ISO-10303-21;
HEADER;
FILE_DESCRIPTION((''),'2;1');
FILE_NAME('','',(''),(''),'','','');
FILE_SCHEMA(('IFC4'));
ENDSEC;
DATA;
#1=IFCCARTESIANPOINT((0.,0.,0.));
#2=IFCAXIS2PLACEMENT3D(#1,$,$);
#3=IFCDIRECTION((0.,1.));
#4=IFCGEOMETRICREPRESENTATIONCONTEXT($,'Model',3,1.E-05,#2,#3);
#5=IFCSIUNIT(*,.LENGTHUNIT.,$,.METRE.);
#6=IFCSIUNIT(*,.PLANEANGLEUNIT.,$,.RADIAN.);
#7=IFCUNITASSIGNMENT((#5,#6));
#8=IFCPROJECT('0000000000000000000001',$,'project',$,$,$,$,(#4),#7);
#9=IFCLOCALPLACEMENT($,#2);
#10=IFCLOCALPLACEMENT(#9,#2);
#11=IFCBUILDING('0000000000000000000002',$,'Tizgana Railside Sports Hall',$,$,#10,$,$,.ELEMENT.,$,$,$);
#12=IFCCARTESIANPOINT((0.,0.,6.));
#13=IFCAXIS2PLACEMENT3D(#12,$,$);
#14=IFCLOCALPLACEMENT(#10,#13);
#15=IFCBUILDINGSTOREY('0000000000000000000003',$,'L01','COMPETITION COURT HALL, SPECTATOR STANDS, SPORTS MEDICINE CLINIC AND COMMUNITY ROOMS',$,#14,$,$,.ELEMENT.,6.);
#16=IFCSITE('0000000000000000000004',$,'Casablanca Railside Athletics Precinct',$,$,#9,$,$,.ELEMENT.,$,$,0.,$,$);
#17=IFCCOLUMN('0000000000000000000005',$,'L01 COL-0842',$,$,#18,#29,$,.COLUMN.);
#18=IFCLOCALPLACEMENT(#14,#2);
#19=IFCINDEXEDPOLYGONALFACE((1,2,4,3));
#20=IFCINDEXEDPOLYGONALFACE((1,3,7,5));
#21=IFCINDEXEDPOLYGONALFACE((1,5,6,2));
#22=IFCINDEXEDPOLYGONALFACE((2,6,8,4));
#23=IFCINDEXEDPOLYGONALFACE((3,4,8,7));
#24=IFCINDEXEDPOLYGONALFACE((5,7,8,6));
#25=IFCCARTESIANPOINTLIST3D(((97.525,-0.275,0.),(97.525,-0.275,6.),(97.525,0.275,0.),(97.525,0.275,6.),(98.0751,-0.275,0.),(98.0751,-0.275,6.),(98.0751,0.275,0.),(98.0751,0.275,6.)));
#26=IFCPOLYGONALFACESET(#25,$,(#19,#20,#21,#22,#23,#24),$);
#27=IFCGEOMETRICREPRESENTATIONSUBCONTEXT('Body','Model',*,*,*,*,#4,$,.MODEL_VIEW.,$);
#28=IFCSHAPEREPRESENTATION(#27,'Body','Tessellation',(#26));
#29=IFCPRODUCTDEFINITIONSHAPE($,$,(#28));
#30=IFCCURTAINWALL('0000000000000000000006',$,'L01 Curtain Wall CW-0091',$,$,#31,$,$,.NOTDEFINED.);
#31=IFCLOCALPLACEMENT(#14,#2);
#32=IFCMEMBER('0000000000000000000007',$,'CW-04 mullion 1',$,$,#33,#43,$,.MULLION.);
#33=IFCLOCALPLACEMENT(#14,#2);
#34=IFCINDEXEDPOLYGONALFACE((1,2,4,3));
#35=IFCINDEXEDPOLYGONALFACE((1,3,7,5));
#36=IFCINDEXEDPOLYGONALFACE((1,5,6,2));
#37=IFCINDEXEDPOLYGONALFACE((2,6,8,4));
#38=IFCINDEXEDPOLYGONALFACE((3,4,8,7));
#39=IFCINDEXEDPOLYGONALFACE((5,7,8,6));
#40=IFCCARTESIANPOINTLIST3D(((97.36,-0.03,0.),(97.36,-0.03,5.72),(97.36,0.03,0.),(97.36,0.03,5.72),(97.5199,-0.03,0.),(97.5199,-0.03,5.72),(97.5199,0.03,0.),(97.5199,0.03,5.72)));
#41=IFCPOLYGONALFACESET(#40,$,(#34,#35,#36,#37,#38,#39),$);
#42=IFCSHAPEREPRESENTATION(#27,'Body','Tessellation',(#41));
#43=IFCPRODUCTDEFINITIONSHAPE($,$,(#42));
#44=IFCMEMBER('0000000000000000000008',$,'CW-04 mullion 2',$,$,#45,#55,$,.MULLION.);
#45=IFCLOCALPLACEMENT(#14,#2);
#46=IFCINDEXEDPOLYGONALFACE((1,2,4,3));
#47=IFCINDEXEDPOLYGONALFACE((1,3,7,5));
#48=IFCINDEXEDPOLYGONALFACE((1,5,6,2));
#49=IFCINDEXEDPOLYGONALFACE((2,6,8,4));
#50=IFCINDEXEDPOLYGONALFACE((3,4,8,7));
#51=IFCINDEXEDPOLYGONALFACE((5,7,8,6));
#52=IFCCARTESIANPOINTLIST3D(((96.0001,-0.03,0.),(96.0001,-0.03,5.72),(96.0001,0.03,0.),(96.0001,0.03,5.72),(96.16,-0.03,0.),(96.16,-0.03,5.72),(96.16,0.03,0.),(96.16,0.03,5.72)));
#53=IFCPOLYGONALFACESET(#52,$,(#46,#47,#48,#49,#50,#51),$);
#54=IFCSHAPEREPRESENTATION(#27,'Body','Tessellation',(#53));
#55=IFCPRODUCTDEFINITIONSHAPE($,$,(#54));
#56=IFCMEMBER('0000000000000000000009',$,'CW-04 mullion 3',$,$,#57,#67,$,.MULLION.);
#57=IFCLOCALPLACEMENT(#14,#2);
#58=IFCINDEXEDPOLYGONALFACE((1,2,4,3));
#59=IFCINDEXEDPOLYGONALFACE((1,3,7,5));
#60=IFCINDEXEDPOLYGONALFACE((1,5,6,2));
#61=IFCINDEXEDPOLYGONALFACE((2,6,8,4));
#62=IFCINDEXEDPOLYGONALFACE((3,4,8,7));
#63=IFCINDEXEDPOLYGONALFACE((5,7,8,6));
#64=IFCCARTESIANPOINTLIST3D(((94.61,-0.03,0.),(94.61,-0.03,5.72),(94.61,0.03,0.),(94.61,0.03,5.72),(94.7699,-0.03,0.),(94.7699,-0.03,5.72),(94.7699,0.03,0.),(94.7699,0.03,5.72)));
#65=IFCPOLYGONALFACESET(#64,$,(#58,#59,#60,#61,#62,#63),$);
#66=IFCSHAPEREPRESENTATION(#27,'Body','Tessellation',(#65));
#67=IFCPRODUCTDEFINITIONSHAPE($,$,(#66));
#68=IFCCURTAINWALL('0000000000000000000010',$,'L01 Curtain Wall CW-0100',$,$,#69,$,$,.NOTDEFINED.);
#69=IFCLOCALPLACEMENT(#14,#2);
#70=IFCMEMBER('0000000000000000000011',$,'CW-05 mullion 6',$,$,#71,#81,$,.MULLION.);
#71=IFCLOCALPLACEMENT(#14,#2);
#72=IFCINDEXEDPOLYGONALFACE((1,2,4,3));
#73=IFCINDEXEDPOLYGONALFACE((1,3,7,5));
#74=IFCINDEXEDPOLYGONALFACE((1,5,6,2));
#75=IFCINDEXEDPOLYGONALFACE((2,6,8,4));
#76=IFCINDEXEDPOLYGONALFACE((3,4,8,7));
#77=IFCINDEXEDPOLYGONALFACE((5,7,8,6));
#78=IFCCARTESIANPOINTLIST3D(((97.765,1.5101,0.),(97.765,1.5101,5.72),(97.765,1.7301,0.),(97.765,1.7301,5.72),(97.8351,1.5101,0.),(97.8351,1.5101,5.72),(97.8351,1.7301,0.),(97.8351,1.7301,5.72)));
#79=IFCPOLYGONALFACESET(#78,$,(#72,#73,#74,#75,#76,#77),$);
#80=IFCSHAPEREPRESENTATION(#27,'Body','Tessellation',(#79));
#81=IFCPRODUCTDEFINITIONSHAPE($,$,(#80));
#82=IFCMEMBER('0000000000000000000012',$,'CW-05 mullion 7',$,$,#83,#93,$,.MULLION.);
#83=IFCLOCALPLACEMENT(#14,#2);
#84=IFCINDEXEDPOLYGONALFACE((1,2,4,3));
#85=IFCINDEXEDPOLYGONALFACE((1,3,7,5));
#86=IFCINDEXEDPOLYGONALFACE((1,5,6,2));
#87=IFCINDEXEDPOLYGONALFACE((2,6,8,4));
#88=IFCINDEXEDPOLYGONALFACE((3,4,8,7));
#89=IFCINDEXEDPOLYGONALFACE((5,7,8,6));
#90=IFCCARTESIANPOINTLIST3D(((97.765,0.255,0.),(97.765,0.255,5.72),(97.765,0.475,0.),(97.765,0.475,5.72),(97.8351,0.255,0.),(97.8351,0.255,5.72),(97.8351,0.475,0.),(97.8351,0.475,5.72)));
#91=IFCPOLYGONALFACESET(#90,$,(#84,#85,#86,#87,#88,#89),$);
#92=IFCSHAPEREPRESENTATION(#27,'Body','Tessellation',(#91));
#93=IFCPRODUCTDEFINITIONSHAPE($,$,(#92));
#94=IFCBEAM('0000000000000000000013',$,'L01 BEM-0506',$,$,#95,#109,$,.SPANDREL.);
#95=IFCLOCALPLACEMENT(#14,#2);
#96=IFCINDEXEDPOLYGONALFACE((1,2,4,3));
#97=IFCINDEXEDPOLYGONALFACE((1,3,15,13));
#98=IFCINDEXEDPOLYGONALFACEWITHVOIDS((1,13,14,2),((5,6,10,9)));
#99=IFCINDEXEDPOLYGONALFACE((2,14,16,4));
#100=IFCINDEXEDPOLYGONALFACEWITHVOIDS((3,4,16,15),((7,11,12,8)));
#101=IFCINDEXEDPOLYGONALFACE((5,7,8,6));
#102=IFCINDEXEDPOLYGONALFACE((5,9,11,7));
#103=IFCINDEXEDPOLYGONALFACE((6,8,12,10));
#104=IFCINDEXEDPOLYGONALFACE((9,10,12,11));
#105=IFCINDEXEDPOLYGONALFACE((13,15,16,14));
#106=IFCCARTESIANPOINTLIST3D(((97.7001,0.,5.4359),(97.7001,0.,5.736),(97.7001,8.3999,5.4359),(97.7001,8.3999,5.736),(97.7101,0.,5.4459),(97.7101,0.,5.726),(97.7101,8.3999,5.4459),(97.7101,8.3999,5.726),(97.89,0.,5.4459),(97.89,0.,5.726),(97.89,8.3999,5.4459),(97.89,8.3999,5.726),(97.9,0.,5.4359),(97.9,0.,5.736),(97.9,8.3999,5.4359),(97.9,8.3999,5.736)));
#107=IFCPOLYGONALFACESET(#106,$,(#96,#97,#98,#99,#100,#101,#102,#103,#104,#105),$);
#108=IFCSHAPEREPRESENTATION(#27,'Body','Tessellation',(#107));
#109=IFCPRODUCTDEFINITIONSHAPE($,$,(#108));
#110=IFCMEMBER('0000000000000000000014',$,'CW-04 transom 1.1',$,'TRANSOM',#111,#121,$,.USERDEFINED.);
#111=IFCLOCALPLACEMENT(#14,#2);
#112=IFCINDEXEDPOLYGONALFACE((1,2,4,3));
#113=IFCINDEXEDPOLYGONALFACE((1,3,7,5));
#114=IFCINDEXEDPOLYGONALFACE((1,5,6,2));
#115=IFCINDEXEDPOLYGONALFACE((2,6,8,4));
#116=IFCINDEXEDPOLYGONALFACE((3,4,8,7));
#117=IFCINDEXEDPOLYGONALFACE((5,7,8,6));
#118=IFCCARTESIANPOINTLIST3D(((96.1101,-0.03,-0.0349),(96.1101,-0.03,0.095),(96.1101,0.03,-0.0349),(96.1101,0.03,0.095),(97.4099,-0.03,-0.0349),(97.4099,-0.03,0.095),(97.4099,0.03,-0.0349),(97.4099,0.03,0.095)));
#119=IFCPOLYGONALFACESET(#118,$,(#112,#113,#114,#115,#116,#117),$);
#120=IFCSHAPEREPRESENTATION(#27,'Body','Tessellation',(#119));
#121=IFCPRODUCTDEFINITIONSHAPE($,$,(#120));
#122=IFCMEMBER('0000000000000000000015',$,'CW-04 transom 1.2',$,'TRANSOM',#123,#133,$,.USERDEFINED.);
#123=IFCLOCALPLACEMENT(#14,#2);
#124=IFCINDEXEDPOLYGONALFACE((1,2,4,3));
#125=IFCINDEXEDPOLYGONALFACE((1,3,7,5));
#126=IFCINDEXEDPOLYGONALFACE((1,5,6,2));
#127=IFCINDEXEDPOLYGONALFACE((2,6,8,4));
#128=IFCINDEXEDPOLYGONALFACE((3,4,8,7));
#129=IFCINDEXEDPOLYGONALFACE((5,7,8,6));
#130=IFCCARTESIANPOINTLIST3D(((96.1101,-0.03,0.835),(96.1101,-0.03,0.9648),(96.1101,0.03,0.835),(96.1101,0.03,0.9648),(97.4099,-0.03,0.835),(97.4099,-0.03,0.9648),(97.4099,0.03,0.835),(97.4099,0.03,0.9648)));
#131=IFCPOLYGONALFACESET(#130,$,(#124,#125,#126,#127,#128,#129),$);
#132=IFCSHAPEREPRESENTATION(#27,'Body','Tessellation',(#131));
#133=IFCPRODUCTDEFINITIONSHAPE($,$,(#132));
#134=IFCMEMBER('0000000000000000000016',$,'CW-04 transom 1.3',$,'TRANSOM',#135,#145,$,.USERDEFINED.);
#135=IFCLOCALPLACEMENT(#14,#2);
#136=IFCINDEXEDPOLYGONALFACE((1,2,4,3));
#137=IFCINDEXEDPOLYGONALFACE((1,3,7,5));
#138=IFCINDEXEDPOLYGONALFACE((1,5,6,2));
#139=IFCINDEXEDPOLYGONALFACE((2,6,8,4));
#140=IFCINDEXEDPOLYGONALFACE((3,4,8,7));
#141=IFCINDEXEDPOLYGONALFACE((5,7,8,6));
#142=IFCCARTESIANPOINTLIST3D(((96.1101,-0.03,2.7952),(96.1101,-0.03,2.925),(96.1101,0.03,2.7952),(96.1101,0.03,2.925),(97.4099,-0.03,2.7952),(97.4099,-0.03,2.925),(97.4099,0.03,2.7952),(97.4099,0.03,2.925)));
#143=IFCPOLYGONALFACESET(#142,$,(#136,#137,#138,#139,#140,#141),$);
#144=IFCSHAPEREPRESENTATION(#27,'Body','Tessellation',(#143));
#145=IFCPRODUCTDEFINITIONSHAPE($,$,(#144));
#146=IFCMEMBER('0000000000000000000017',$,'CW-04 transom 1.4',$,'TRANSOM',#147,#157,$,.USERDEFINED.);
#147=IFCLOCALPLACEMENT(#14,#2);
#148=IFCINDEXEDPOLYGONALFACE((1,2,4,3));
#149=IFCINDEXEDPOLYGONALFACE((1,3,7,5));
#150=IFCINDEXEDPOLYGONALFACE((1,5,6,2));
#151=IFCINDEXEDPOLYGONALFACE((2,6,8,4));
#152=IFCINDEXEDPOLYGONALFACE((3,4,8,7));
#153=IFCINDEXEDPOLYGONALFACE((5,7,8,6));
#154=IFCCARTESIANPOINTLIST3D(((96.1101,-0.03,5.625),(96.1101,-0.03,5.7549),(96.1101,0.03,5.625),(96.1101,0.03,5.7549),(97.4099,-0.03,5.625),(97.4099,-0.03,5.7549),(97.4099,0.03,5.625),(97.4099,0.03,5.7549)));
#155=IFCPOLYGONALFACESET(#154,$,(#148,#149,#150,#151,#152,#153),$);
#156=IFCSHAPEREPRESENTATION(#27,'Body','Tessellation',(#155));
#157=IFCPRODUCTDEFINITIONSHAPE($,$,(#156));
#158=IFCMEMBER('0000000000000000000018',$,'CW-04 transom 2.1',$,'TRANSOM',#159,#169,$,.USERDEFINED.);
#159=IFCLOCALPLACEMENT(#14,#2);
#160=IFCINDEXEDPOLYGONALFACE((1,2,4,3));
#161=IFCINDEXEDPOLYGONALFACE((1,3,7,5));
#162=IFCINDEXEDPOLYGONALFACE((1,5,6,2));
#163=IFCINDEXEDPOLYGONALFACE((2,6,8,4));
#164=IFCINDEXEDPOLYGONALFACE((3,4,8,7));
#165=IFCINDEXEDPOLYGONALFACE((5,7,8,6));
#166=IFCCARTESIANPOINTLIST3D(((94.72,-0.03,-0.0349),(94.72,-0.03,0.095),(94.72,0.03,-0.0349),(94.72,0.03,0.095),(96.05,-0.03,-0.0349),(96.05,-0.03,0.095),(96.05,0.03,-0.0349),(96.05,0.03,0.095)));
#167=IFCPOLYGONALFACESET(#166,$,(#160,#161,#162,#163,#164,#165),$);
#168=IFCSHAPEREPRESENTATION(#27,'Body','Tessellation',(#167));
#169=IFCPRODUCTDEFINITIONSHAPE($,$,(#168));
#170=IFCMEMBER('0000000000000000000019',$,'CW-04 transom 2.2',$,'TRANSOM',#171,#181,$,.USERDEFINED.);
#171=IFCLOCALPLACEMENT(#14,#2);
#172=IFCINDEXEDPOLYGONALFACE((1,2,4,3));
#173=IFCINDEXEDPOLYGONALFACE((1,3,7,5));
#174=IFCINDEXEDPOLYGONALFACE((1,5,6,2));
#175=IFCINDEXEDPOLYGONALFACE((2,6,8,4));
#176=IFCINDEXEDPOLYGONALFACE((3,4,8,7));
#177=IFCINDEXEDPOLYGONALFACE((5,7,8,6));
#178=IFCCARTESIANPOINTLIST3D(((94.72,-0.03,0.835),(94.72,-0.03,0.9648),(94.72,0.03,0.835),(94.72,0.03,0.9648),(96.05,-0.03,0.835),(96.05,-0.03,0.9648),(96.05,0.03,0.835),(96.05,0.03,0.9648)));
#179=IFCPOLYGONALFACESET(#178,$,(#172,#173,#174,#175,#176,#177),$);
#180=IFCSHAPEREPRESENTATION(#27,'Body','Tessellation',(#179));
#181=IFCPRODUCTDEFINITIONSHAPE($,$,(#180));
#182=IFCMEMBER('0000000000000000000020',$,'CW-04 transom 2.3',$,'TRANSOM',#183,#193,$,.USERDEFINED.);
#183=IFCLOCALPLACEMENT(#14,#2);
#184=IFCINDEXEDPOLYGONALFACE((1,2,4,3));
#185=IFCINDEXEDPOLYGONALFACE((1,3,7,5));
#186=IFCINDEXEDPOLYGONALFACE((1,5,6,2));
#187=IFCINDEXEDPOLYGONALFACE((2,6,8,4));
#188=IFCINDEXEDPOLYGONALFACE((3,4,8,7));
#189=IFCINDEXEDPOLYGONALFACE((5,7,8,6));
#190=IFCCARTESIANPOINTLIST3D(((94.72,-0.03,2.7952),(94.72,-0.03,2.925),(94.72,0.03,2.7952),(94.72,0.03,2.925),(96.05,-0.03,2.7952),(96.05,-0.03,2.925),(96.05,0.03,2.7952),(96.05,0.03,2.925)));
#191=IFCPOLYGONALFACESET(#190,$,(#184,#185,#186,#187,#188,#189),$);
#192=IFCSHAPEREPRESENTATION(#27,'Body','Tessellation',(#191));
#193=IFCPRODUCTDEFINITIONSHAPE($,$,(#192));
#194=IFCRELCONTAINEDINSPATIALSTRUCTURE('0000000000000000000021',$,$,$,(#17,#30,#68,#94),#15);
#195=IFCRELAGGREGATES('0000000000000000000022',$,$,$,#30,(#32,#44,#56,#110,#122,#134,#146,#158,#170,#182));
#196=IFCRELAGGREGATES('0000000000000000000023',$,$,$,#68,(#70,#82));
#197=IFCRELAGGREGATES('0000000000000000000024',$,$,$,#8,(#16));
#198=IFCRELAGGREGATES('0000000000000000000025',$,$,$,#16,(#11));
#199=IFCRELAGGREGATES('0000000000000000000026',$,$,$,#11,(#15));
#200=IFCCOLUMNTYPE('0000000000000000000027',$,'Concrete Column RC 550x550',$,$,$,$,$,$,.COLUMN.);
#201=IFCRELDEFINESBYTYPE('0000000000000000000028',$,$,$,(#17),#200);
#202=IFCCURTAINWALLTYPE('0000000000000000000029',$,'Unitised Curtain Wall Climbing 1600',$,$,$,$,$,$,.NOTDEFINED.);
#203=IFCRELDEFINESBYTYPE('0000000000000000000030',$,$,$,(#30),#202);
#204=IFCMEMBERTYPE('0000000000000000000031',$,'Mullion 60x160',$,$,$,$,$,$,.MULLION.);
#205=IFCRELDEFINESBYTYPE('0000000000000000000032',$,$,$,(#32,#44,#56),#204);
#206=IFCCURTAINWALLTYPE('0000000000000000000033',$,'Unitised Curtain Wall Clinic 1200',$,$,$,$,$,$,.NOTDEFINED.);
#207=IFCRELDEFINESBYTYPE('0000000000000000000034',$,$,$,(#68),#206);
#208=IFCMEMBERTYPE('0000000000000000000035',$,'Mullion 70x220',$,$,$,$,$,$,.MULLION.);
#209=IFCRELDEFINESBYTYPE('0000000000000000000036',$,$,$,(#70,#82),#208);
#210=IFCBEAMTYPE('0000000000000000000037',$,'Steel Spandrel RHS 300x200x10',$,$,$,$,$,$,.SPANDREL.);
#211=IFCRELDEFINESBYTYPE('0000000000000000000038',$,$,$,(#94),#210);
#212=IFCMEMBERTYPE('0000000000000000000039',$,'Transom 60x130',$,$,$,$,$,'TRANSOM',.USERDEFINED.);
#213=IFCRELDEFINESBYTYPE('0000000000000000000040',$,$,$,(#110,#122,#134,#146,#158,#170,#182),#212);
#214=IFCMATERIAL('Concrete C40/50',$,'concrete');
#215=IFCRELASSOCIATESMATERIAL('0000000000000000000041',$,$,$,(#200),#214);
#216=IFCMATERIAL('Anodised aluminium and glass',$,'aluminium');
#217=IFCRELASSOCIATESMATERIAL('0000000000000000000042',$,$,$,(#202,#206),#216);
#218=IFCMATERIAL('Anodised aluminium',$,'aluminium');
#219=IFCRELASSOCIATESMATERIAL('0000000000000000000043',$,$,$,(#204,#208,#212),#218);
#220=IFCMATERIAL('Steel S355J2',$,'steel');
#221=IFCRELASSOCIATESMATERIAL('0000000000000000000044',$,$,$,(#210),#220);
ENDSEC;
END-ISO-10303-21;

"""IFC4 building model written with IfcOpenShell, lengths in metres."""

from ifc_helpers import new_model, si_unit, direction, frame, origin, origin_2d, place, context, subcontext, project, spatial, rectangle, hollow_rectangle, extrude, material, material_profile, profile_set, type_object, element, aggregate, save


model = new_model("IFC4")

# Units and contexts
model_context = context("Model", 3, precision=1e-05, world=origin(), true_north=direction((0.0, 1.0)))
body_context = subcontext(model_context, "Body", "Model", "MODEL_VIEW")
ifc_project = project(units=[si_unit("LENGTHUNIT", "METRE"), si_unit("PLANEANGLEUNIT", "RADIAN")], contexts=[model_context])

# Site, building, storey
site_placement = place(None, origin())
site = spatial("IfcSite", under=ifc_project, at=site_placement, Name="Casablanca Railside Athletics Precinct", CompositionType="ELEMENT", RefElevation=0.0)
building_placement = place(site_placement, origin())
building = spatial("IfcBuilding", under=site, at=building_placement, Name="Tizgana Railside Sports Hall", CompositionType="ELEMENT")
storey_placement = place(building_placement, frame((0.0, 0.0, 6.0)))
storey = spatial("IfcBuildingStorey", under=building, at=storey_placement, Name="L01", Description="COMPETITION COURT HALL, SPECTATOR STANDS, SPORTS MEDICINE CLINIC AND COMMUNITY ROOMS", CompositionType="ELEMENT", Elevation=6.0)

# Column
ifc_material_1 = material(Name="Concrete C40/50", Category="concrete")
ifc_material_profile_1 = material_profile(ifc_material_1, rectangle(XDim=0.55, YDim=0.55, at=origin_2d()), Name="RC 550x550")
ifc_profile_set_1 = profile_set([ifc_material_profile_1], Name="Concrete C40/50")
column_type = type_object("IfcColumnType", Name="Concrete Column RC 550x550", PredefinedType="COLUMN", material=ifc_profile_set_1)
column_placement = place(storey_placement, frame((97.8, 0.0, 0.0), z_axis=(0.0, 0.0, 1.0), x_axis=(1.0, 0.0, 0.0)))
element("IfcColumn", 1, at=column_placement, inside=storey, type_object=column_type, Name="L01 COL-0842", PredefinedType="COLUMN", context=body_context, shape_type="SweptSolid", body=[
    extrude(rectangle(XDim=0.55, YDim=0.55, at=origin_2d()), origin(), (0.0, 0.0, 1.0), 6.0),
])

# Curtain walls, members
ifc_material_2 = material(Name="Anodised aluminium and glass", Category="aluminium")
curtain_wall_type_1 = type_object("IfcCurtainWallType", Name="Unitised Curtain Wall Climbing 1600", PredefinedType="NOTDEFINED", material=ifc_material_2)
curtain_wall_1_placement = place(storey_placement, origin())
curtain_wall_1 = element("IfcCurtainWall", 2, at=curtain_wall_1_placement, inside=storey, type_object=curtain_wall_type_1, Name="L01 Curtain Wall CW-0091", PredefinedType="NOTDEFINED")
ifc_material_3 = material(Name="Anodised aluminium", Category="aluminium")
ifc_material_profile_2 = material_profile(ifc_material_3, rectangle(XDim=0.0601, YDim=0.1599, at=origin_2d()), Name="Mullion 60x160")
ifc_profile_set_2 = profile_set([ifc_material_profile_2], Name="Anodised aluminium")
member_type_1 = type_object("IfcMemberType", Name="Mullion 60x160", PredefinedType="MULLION", material=ifc_profile_set_2)
member_1_placement = place(storey_placement, frame((97.4399, 0.0, 0.0), z_axis=(0.0, 0.0, 1.0), x_axis=(0.0, -1.0, 0.0)))
member_1 = element("IfcMember", 3, at=member_1_placement, type_object=member_type_1, Name="CW-04 mullion 1", PredefinedType="MULLION", context=body_context, shape_type="SweptSolid", body=[
    extrude(rectangle(XDim=0.0601, YDim=0.1599, at=origin_2d()), origin(), (0.0, 0.0, 1.0), 5.72),
])
member_2_placement = place(storey_placement, frame((96.0801, 0.0, 0.0), z_axis=(0.0, 0.0, 1.0), x_axis=(0.0, -1.0, 0.0)))
member_2 = element("IfcMember", 4, at=member_2_placement, type_object=member_type_1, Name="CW-04 mullion 2", PredefinedType="MULLION", context=body_context, shape_type="SweptSolid", body=[
    extrude(rectangle(XDim=0.0601, YDim=0.1599, at=origin_2d()), origin(), (0.0, 0.0, 1.0), 5.72),
])
member_3_placement = place(storey_placement, frame((94.6899, 0.0, 0.0), z_axis=(0.0, 0.0, 1.0), x_axis=(0.0, -1.0, 0.0)))
member_3 = element("IfcMember", 5, at=member_3_placement, type_object=member_type_1, Name="CW-04 mullion 3", PredefinedType="MULLION", context=body_context, shape_type="SweptSolid", body=[
    extrude(rectangle(XDim=0.0601, YDim=0.1599, at=origin_2d()), origin(), (0.0, 0.0, 1.0), 5.72),
])
curtain_wall_type_2 = type_object("IfcCurtainWallType", Name="Unitised Curtain Wall Clinic 1200", PredefinedType="NOTDEFINED", material=ifc_material_2)
curtain_wall_2_placement = place(storey_placement, origin())
curtain_wall_2 = element("IfcCurtainWall", 6, at=curtain_wall_2_placement, inside=storey, type_object=curtain_wall_type_2, Name="L01 Curtain Wall CW-0100", PredefinedType="NOTDEFINED")
ifc_material_profile_3 = material_profile(ifc_material_3, rectangle(XDim=0.0701, YDim=0.22, at=origin_2d()), Name="Mullion 70x220")
ifc_profile_set_3 = profile_set([ifc_material_profile_3], Name="Anodised aluminium")
member_type_2 = type_object("IfcMemberType", Name="Mullion 70x220", PredefinedType="MULLION", material=ifc_profile_set_3)
member_4_placement = place(storey_placement, frame((97.8, 1.6201, 0.0), z_axis=(0.0, 0.0, 1.0), x_axis=(1.0, 0.0, 0.0)))
member_4 = element("IfcMember", 7, at=member_4_placement, type_object=member_type_2, Name="CW-05 mullion 6", PredefinedType="MULLION", context=body_context, shape_type="SweptSolid", body=[
    extrude(rectangle(XDim=0.0701, YDim=0.22, at=origin_2d()), origin(), (0.0, 0.0, 1.0), 5.72),
])
member_5_placement = place(storey_placement, frame((97.8, 0.365, 0.0), z_axis=(0.0, 0.0, 1.0), x_axis=(1.0, 0.0, 0.0)))
member_5 = element("IfcMember", 8, at=member_5_placement, type_object=member_type_2, Name="CW-05 mullion 7", PredefinedType="MULLION", context=body_context, shape_type="SweptSolid", body=[
    extrude(rectangle(XDim=0.0701, YDim=0.22, at=origin_2d()), origin(), (0.0, 0.0, 1.0), 5.72),
])

# Beam
ifc_material_4 = material(Name="Steel S355J2", Category="steel")
ifc_material_profile_4 = material_profile(ifc_material_4, hollow_rectangle(XDim=0.2, YDim=0.3, WallThickness=0.01, at=origin_2d()), Name="RHS 300x200x10")
ifc_profile_set_4 = profile_set([ifc_material_profile_4], Name="Steel S355J2")
beam_type = type_object("IfcBeamType", Name="Steel Spandrel RHS 300x200x10", PredefinedType="SPANDREL", material=ifc_profile_set_4)
beam_placement = place(storey_placement, frame((97.8, 0.0, 5.5859), z_axis=(0.0, 1.0, 0.0), x_axis=(-1.0, 0.0, 0.0)))
element("IfcBeam", 9, at=beam_placement, inside=storey, type_object=beam_type, Name="L01 BEM-0506", PredefinedType="SPANDREL", context=body_context, shape_type="SweptSolid", body=[
    extrude(hollow_rectangle(XDim=0.2, YDim=0.3, WallThickness=0.01, at=origin_2d()), origin(), (0.0, 0.0, 1.0), 8.3999),
])

# Members
ifc_material_profile_5 = material_profile(ifc_material_3, rectangle(XDim=0.0601, YDim=0.1299, at=origin_2d()), Name="Transom 60x130")
ifc_profile_set_5 = profile_set([ifc_material_profile_5], Name="Anodised aluminium")
member_type_3 = type_object("IfcMemberType", Name="Transom 60x130", ElementType="TRANSOM", PredefinedType="USERDEFINED", material=ifc_profile_set_5)
member_6_placement = place(storey_placement, frame((97.4099, 0.0, 0.03), z_axis=(-1.0, 0.0, 0.0), x_axis=(0.0, -1.0, 0.0)))
member_6 = element("IfcMember", 10, at=member_6_placement, type_object=member_type_3, Name="CW-04 transom 1.1", ObjectType="TRANSOM", PredefinedType="USERDEFINED", context=body_context, shape_type="SweptSolid", body=[
    extrude(rectangle(XDim=0.0601, YDim=0.1299, at=origin_2d()), origin(), (0.0, 0.0, 1.0), 1.2998),
])
member_7_placement = place(storey_placement, frame((97.4099, 0.0, 0.8999), z_axis=(-1.0, 0.0, 0.0), x_axis=(0.0, -1.0, 0.0)))
member_7 = element("IfcMember", 11, at=member_7_placement, type_object=member_type_3, Name="CW-04 transom 1.2", ObjectType="TRANSOM", PredefinedType="USERDEFINED", context=body_context, shape_type="SweptSolid", body=[
    extrude(rectangle(XDim=0.0601, YDim=0.1299, at=origin_2d()), origin(), (0.0, 0.0, 1.0), 1.2998),
])
member_8_placement = place(storey_placement, frame((97.4099, 0.0, 2.8601), z_axis=(-1.0, 0.0, 0.0), x_axis=(0.0, -1.0, 0.0)))
member_8 = element("IfcMember", 12, at=member_8_placement, type_object=member_type_3, Name="CW-04 transom 1.3", ObjectType="TRANSOM", PredefinedType="USERDEFINED", context=body_context, shape_type="SweptSolid", body=[
    extrude(rectangle(XDim=0.0601, YDim=0.1299, at=origin_2d()), origin(), (0.0, 0.0, 1.0), 1.2998),
])
member_9_placement = place(storey_placement, frame((97.4099, 0.0, 5.6899), z_axis=(-1.0, 0.0, 0.0), x_axis=(0.0, -1.0, 0.0)))
member_9 = element("IfcMember", 13, at=member_9_placement, type_object=member_type_3, Name="CW-04 transom 1.4", ObjectType="TRANSOM", PredefinedType="USERDEFINED", context=body_context, shape_type="SweptSolid", body=[
    extrude(rectangle(XDim=0.0601, YDim=0.1299, at=origin_2d()), origin(), (0.0, 0.0, 1.0), 1.2998),
])
member_10_placement = place(storey_placement, frame((96.05, 0.0, 0.03), z_axis=(-1.0, 0.0, 0.0), x_axis=(0.0, -1.0, 0.0)))
member_10 = element("IfcMember", 14, at=member_10_placement, type_object=member_type_3, Name="CW-04 transom 2.1", ObjectType="TRANSOM", PredefinedType="USERDEFINED", context=body_context, shape_type="SweptSolid", body=[
    extrude(rectangle(XDim=0.0601, YDim=0.1299, at=origin_2d()), origin(), (0.0, 0.0, 1.0), 1.3301),
])
member_11_placement = place(storey_placement, frame((96.05, 0.0, 0.8999), z_axis=(-1.0, 0.0, 0.0), x_axis=(0.0, -1.0, 0.0)))
member_11 = element("IfcMember", 15, at=member_11_placement, type_object=member_type_3, Name="CW-04 transom 2.2", ObjectType="TRANSOM", PredefinedType="USERDEFINED", context=body_context, shape_type="SweptSolid", body=[
    extrude(rectangle(XDim=0.0601, YDim=0.1299, at=origin_2d()), origin(), (0.0, 0.0, 1.0), 1.3301),
])
member_12_placement = place(storey_placement, frame((96.05, 0.0, 2.8601), z_axis=(-1.0, 0.0, 0.0), x_axis=(0.0, -1.0, 0.0)))
member_12 = element("IfcMember", 16, at=member_12_placement, type_object=member_type_3, Name="CW-04 transom 2.3", ObjectType="TRANSOM", PredefinedType="USERDEFINED", context=body_context, shape_type="SweptSolid", body=[
    extrude(rectangle(XDim=0.0601, YDim=0.1299, at=origin_2d()), origin(), (0.0, 0.0, 1.0), 1.3301),
])

aggregate(curtain_wall_1, [member_1, member_2, member_3, member_6, member_7, member_8, member_9, member_10, member_11, member_12])
aggregate(curtain_wall_2, [member_4, member_5])

save(model, "model.ifc")
